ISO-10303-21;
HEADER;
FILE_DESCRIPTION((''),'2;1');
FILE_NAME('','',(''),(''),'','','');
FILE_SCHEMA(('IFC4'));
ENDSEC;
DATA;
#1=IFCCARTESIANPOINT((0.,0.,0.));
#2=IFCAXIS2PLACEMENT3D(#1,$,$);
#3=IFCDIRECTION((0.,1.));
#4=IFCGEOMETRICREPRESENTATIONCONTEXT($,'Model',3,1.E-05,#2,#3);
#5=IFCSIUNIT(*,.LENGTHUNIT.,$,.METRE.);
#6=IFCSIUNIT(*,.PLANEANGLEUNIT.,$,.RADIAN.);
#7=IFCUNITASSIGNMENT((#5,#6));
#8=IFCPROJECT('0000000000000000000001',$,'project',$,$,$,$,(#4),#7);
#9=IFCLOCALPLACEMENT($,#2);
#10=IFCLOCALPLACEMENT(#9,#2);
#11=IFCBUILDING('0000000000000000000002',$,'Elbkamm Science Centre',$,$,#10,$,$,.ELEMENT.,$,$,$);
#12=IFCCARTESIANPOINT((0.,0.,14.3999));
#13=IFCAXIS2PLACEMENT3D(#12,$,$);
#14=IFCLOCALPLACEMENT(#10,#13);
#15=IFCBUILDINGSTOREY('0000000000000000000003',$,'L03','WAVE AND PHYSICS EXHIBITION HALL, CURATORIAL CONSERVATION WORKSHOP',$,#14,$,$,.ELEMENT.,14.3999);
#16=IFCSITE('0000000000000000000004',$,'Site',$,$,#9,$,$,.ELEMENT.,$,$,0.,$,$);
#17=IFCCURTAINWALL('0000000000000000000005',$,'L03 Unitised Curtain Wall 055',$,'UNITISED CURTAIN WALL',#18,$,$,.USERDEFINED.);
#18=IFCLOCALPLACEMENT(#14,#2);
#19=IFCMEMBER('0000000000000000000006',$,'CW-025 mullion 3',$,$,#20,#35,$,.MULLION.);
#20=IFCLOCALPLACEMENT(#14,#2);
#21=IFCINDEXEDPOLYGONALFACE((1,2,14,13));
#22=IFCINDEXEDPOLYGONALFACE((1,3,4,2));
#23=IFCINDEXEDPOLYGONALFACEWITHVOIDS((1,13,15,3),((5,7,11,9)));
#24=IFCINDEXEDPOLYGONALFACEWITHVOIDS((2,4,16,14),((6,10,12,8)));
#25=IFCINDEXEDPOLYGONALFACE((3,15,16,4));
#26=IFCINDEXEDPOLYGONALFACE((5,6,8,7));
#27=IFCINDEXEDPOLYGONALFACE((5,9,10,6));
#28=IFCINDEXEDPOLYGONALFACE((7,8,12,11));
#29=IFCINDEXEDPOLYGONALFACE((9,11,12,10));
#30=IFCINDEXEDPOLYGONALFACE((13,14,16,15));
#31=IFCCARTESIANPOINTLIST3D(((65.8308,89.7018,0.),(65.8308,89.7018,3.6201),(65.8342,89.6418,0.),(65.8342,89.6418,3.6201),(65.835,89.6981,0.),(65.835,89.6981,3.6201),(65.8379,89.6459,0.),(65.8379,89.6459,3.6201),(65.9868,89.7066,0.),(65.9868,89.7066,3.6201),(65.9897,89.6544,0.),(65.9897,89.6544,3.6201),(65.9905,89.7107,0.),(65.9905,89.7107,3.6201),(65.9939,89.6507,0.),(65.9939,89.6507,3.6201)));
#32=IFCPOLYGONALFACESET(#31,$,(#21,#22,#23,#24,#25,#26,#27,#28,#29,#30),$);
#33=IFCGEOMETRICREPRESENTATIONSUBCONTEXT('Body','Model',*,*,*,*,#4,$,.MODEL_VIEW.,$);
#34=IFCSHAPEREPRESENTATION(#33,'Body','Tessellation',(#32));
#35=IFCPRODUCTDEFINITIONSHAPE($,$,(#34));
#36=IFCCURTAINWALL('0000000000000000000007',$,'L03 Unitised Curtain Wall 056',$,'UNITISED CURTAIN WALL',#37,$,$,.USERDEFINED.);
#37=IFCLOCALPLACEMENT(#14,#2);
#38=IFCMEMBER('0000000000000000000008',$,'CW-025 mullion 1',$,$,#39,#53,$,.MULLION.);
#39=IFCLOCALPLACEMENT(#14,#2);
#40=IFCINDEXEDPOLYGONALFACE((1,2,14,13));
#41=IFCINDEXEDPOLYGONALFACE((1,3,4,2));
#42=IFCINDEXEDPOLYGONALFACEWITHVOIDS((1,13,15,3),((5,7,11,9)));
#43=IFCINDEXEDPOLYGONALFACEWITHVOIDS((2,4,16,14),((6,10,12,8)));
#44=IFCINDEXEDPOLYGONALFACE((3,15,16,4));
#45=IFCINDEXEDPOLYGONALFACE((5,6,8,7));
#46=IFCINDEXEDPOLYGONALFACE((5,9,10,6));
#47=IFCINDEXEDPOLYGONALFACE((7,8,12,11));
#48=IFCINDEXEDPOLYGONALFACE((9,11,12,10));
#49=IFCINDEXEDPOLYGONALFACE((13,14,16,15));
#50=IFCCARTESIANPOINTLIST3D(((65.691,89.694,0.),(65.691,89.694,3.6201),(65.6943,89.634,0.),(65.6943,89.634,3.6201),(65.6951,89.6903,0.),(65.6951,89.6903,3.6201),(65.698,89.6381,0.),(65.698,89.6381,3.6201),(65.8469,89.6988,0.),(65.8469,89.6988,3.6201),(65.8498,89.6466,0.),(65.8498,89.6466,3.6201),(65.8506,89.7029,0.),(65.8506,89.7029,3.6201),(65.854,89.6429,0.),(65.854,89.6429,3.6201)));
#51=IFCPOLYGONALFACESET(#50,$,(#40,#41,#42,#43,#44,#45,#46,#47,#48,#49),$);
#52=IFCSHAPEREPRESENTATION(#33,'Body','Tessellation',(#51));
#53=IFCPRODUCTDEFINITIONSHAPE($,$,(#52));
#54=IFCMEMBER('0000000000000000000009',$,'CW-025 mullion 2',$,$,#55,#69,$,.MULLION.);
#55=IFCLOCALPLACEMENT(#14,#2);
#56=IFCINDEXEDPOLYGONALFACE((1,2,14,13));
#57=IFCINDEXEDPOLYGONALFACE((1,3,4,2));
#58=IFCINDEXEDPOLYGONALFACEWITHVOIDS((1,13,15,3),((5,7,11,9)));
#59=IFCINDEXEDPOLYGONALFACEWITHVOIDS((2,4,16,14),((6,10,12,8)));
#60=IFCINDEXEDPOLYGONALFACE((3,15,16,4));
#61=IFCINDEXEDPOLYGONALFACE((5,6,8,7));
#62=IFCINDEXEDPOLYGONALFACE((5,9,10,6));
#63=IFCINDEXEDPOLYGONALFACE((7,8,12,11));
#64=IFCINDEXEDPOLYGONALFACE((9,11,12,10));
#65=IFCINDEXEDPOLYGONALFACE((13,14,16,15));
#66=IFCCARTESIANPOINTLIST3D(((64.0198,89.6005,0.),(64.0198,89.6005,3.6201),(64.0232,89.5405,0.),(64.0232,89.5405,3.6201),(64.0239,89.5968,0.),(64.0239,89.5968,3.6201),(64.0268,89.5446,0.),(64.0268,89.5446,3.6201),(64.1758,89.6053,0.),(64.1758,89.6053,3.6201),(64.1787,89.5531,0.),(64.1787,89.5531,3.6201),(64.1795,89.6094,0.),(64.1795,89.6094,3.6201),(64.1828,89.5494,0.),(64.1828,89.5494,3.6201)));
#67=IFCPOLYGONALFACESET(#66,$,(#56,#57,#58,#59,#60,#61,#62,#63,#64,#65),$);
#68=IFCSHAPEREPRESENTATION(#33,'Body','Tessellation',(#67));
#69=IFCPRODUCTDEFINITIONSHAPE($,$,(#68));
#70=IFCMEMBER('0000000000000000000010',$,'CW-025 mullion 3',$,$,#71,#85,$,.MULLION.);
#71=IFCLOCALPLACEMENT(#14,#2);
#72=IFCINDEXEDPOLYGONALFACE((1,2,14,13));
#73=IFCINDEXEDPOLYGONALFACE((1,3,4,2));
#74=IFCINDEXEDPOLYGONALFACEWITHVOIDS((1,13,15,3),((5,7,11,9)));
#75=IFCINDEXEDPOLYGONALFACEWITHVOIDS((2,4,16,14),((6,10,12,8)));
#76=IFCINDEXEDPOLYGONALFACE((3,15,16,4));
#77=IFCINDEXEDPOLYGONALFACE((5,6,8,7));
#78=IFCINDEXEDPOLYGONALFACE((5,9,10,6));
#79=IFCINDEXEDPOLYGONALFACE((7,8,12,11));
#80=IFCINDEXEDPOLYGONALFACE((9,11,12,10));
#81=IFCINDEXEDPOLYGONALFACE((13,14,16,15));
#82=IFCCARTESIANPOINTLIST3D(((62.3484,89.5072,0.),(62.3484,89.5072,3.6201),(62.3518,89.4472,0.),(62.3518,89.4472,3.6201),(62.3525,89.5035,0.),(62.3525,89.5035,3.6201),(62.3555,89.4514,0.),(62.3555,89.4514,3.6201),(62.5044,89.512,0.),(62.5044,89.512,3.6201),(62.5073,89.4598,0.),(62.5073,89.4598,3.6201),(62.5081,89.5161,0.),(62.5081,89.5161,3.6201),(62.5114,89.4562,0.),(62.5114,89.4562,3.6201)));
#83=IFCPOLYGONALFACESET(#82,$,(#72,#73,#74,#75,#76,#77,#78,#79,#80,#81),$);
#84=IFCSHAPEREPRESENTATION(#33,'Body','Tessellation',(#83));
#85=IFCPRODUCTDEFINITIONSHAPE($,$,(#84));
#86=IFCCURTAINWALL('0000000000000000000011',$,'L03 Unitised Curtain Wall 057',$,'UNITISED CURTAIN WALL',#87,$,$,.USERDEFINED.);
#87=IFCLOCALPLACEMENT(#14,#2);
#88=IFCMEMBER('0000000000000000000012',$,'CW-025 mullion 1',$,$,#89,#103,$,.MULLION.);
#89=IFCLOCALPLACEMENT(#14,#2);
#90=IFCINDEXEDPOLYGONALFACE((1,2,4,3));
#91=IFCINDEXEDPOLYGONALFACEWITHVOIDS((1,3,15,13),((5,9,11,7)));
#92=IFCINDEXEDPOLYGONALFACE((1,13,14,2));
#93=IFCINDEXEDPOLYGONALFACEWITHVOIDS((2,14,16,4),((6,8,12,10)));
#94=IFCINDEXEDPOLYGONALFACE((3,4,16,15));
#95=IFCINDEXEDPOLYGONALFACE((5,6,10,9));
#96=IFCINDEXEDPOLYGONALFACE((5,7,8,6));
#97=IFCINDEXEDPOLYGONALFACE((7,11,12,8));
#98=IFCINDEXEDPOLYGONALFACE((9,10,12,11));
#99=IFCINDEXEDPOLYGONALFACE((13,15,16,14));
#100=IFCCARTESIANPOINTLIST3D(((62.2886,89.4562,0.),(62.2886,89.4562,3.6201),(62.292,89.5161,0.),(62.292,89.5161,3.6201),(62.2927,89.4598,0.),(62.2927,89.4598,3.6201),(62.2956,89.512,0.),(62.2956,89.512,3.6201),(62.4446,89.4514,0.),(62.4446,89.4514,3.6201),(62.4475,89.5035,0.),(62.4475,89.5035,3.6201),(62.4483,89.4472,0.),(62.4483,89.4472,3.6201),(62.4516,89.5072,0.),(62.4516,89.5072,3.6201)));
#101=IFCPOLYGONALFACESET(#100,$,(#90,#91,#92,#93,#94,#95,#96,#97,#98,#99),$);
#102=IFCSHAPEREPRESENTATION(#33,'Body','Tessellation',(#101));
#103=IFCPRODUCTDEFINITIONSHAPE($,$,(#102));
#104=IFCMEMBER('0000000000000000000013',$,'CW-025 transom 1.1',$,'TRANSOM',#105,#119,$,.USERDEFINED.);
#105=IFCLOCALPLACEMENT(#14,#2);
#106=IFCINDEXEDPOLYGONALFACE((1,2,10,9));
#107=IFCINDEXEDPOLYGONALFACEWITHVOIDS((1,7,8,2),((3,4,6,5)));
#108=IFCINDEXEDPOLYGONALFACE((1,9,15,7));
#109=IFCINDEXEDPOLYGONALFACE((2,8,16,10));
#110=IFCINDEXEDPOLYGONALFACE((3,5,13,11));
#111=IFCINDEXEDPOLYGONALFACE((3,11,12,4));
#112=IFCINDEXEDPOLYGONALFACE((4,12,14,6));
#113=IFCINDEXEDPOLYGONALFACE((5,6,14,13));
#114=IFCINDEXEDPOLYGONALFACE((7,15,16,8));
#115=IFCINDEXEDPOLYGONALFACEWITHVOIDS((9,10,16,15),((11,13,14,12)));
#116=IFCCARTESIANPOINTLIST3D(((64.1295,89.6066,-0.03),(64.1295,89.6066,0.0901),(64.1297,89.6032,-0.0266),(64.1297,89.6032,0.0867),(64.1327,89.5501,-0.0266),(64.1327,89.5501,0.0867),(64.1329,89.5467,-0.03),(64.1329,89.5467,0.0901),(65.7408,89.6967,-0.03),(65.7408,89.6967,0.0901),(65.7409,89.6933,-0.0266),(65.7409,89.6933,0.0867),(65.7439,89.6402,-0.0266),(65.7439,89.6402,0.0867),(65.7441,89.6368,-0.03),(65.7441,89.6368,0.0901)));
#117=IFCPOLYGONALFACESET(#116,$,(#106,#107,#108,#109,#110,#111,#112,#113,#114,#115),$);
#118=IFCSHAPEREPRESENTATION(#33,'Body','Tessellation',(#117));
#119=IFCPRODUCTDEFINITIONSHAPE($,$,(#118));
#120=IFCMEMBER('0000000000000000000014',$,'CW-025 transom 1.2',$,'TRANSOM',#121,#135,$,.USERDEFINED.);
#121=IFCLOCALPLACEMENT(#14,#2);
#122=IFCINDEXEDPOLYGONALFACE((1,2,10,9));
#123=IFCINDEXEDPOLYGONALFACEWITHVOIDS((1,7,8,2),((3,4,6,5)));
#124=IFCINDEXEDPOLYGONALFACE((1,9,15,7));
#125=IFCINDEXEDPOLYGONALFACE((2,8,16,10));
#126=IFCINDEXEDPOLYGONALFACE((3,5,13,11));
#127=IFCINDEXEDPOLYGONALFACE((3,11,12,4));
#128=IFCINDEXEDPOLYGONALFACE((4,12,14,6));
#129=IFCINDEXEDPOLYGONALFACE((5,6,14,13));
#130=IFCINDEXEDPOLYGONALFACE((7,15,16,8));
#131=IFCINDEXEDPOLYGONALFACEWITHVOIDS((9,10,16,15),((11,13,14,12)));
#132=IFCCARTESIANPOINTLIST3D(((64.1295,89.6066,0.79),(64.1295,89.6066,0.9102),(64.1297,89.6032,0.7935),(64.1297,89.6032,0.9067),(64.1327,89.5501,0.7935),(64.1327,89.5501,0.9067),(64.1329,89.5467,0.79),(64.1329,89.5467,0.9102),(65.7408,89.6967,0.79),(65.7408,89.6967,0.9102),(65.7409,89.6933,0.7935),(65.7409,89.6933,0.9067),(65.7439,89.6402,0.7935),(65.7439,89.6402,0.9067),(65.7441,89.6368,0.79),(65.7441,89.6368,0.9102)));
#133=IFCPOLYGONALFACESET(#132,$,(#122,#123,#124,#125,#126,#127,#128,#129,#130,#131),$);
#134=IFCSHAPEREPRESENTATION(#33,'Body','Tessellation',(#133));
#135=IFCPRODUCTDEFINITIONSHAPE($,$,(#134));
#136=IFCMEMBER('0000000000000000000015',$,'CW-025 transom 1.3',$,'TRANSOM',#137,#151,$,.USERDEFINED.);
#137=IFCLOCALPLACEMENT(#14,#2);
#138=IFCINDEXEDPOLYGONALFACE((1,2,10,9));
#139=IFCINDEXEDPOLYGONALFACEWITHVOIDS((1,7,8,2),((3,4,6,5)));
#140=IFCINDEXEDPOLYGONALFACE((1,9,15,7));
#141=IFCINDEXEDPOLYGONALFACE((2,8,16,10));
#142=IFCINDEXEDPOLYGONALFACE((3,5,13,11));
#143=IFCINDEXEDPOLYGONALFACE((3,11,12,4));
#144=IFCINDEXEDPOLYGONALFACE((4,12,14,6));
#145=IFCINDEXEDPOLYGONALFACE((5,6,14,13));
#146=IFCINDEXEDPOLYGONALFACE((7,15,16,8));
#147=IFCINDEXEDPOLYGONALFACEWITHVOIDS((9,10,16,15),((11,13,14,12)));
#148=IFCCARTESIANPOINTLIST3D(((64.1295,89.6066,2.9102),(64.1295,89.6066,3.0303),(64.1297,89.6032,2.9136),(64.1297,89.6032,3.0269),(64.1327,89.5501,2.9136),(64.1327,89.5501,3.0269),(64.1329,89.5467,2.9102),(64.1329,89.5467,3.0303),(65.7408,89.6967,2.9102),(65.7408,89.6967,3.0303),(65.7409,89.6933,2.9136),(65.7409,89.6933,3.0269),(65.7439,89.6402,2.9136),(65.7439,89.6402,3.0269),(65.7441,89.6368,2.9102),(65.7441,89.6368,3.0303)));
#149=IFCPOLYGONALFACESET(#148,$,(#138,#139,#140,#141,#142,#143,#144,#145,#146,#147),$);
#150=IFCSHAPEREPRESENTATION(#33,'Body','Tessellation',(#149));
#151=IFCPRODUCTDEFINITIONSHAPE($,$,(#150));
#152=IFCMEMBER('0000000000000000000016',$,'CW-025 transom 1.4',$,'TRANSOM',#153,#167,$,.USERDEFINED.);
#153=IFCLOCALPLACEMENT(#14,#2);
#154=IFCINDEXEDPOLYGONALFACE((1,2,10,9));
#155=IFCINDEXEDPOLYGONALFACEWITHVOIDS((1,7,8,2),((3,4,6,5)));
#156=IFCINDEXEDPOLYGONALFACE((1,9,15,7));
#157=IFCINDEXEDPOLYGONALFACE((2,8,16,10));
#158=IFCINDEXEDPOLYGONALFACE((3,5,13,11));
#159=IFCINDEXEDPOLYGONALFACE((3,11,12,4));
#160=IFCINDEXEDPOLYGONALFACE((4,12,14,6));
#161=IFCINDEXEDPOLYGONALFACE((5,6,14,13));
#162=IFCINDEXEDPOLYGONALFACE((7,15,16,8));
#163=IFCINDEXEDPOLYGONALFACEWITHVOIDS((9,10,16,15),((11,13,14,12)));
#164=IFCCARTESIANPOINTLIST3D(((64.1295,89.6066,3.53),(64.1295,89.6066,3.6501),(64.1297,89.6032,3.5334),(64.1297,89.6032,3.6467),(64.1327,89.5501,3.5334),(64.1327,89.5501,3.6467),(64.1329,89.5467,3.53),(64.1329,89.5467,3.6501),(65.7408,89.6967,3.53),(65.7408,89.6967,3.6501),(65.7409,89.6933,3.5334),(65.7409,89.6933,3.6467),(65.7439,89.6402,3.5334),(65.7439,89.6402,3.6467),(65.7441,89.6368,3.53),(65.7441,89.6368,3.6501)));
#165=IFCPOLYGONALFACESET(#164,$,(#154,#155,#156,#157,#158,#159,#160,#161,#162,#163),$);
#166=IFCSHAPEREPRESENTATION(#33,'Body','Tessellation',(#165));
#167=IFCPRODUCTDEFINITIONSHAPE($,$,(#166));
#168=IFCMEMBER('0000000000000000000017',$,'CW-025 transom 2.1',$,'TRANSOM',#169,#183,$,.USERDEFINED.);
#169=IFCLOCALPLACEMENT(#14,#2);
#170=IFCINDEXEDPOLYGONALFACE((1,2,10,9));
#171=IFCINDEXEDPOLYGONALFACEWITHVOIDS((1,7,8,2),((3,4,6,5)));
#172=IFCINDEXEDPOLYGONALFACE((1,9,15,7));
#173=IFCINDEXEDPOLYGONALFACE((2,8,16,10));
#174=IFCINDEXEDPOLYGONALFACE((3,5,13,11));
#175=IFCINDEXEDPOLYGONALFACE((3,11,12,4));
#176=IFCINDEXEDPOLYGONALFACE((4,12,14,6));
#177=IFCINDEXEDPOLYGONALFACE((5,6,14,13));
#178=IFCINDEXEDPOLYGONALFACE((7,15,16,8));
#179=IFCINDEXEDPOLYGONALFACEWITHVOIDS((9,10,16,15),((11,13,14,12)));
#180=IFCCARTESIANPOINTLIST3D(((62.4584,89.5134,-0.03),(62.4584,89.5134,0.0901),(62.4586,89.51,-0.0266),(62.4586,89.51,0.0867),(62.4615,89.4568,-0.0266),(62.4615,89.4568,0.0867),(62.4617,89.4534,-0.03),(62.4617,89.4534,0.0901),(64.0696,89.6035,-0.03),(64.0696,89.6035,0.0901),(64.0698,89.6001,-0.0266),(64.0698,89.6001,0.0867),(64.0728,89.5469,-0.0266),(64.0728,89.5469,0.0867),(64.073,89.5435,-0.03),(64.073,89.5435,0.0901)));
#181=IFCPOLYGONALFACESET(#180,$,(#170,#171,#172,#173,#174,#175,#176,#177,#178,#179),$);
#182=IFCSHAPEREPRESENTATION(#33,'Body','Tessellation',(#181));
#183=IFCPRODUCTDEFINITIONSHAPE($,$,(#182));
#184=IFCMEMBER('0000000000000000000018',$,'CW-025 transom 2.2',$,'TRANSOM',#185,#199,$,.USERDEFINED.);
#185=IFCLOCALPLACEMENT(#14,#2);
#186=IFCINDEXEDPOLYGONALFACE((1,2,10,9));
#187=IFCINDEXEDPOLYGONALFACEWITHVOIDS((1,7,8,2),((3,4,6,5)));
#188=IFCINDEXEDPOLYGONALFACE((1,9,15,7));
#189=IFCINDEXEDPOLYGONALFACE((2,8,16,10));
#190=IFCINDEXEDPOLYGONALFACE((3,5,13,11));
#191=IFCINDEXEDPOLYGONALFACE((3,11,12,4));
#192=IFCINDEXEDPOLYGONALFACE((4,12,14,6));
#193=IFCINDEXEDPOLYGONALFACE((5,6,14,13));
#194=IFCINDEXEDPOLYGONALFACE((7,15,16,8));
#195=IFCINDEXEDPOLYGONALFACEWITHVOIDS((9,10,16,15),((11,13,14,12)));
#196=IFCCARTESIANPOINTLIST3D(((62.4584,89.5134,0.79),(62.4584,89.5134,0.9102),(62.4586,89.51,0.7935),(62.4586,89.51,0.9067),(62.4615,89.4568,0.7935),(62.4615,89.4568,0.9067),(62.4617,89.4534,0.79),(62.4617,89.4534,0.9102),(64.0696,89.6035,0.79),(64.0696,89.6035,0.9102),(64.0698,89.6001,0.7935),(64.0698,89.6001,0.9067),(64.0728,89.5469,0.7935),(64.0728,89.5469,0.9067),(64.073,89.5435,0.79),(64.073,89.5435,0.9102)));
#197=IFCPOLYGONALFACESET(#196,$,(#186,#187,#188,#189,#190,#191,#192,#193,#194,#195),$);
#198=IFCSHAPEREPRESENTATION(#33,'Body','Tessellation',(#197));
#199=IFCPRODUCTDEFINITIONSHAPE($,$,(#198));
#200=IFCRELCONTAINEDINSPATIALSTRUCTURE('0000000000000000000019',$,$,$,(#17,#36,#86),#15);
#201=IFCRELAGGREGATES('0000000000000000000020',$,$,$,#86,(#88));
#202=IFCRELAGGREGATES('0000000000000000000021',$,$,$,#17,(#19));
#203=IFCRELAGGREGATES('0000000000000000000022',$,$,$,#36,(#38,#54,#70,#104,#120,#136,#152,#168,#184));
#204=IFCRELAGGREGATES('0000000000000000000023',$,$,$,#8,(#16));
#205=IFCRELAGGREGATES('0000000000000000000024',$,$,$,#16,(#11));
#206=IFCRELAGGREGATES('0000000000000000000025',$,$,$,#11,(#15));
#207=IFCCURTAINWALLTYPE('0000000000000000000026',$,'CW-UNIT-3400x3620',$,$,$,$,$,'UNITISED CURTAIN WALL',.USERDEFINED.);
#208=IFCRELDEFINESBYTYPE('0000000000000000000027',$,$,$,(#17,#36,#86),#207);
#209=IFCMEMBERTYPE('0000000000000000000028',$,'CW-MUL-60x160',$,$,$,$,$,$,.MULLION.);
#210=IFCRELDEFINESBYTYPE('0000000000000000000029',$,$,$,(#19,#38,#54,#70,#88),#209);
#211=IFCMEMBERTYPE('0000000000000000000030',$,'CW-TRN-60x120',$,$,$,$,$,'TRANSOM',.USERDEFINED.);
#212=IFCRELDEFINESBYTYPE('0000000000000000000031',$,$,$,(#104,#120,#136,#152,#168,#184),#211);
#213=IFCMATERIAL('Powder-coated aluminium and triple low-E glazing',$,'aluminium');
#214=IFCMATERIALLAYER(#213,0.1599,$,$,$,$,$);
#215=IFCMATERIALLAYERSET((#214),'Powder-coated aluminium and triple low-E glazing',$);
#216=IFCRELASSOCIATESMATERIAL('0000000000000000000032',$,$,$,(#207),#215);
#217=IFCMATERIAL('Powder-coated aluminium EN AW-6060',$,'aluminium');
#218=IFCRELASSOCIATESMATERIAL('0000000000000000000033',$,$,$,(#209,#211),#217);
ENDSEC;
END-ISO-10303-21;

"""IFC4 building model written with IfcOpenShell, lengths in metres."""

from ifc_helpers import new_model, si_unit, direction, frame, origin, origin_2d, place, context, subcontext, project, spatial, hollow_rectangle, extrude, material, layer, layer_set, material_profile, profile_set, type_object, element, aggregate, save


model = new_model("IFC4")

# Units and contexts
model_context = context("Model", 3, precision=1e-05, world=origin(), true_north=direction((0.0, 1.0)))
body_context = subcontext(model_context, "Body", "Model", "MODEL_VIEW")
ifc_project = project(units=[si_unit("LENGTHUNIT", "METRE"), si_unit("PLANEANGLEUNIT", "RADIAN")], contexts=[model_context])

# Site, building, storey
site_placement = place(None, origin())
site = spatial("IfcSite", under=ifc_project, at=site_placement, Name="Site", CompositionType="ELEMENT", RefElevation=0.0)
building_placement = place(site_placement, origin())
building = spatial("IfcBuilding", under=site, at=building_placement, Name="Elbkamm Science Centre", CompositionType="ELEMENT")
storey_placement = place(building_placement, frame((0.0, 0.0, 14.3999)))
storey = spatial("IfcBuildingStorey", under=building, at=storey_placement, Name="L03", Description="WAVE AND PHYSICS EXHIBITION HALL, CURATORIAL CONSERVATION WORKSHOP", CompositionType="ELEMENT", Elevation=14.3999)

# Curtain wall, member
ifc_material_1 = material(Name="Powder-coated aluminium and triple low-E glazing", Category="aluminium")
ifc_layer_1 = layer(ifc_material_1, 0.1599)
ifc_layer_set_1 = layer_set([ifc_layer_1], Name="Powder-coated aluminium and triple low-E glazing")
curtain_wall_type = type_object("IfcCurtainWallType", Name="CW-UNIT-3400x3620", ElementType="UNITISED CURTAIN WALL", PredefinedType="USERDEFINED", material=ifc_layer_set_1)
curtain_wall_1_placement = place(storey_placement, origin())
curtain_wall_1 = element("IfcCurtainWall", 1, at=curtain_wall_1_placement, inside=storey, type_object=curtain_wall_type, Name="L03 Unitised Curtain Wall 055", ObjectType="UNITISED CURTAIN WALL", PredefinedType="USERDEFINED")
ifc_material_2 = material(Name="Powder-coated aluminium EN AW-6060", Category="aluminium")
ifc_material_profile_1 = material_profile(ifc_material_2, hollow_rectangle(XDim=0.0601, YDim=0.1599, WallThickness=0.0039, at=origin_2d()), Name="ALU M60x160")
ifc_profile_set_1 = profile_set([ifc_material_profile_1], Name="Powder-coated aluminium EN AW-6060")
member_type_1 = type_object("IfcMemberType", Name="CW-MUL-60x160", PredefinedType="MULLION", material=ifc_profile_set_1)
member_1_placement = place(storey_placement, frame((65.9124, 89.6763, 0.0), z_axis=(0.0, 0.0, 1.0), x_axis=(0.055785, -0.998443, 0.0)))
member_1 = element("IfcMember", 2, at=member_1_placement, type_object=member_type_1, Name="CW-025 mullion 3", PredefinedType="MULLION", context=body_context, shape_type="SweptSolid", body=[
    extrude(hollow_rectangle(XDim=0.0601, YDim=0.1599, WallThickness=0.0039, at=origin_2d()), origin(), (0.0, 0.0, 1.0), 3.6201),
])

# Curtain wall, members
curtain_wall_2_placement = place(storey_placement, origin())
curtain_wall_2 = element("IfcCurtainWall", 3, at=curtain_wall_2_placement, inside=storey, type_object=curtain_wall_type, Name="L03 Unitised Curtain Wall 056", ObjectType="UNITISED CURTAIN WALL", PredefinedType="USERDEFINED")
member_2_placement = place(storey_placement, frame((65.7725, 89.6685, 0.0), z_axis=(0.0, 0.0, 1.0), x_axis=(0.055785, -0.998443, 0.0)))
member_2 = element("IfcMember", 4, at=member_2_placement, type_object=member_type_1, Name="CW-025 mullion 1", PredefinedType="MULLION", context=body_context, shape_type="SweptSolid", body=[
    extrude(hollow_rectangle(XDim=0.0601, YDim=0.1599, WallThickness=0.0039, at=origin_2d()), origin(), (0.0, 0.0, 1.0), 3.6201),
])
member_3_placement = place(storey_placement, frame((64.1013, 89.575, 0.0), z_axis=(0.0, 0.0, 1.0), x_axis=(0.055785, -0.998443, 0.0)))
member_3 = element("IfcMember", 5, at=member_3_placement, type_object=member_type_1, Name="CW-025 mullion 2", PredefinedType="MULLION", context=body_context, shape_type="SweptSolid", body=[
    extrude(hollow_rectangle(XDim=0.0601, YDim=0.1599, WallThickness=0.0039, at=origin_2d()), origin(), (0.0, 0.0, 1.0), 3.6201),
])
member_4_placement = place(storey_placement, frame((62.4299, 89.4817, 0.0), z_axis=(0.0, 0.0, 1.0), x_axis=(0.055785, -0.998443, 0.0)))
member_4 = element("IfcMember", 6, at=member_4_placement, type_object=member_type_1, Name="CW-025 mullion 3", PredefinedType="MULLION", context=body_context, shape_type="SweptSolid", body=[
    extrude(hollow_rectangle(XDim=0.0601, YDim=0.1599, WallThickness=0.0039, at=origin_2d()), origin(), (0.0, 0.0, 1.0), 3.6201),
])

# Curtain wall, member
curtain_wall_3_placement = place(storey_placement, origin())
curtain_wall_3 = element("IfcCurtainWall", 7, at=curtain_wall_3_placement, inside=storey, type_object=curtain_wall_type, Name="L03 Unitised Curtain Wall 057", ObjectType="UNITISED CURTAIN WALL", PredefinedType="USERDEFINED")
member_5_placement = place(storey_placement, frame((62.3701, 89.4817, 0.0), z_axis=(0.0, 0.0, 1.0), x_axis=(-0.055785, -0.998443, 0.0)))
member_5 = element("IfcMember", 8, at=member_5_placement, type_object=member_type_1, Name="CW-025 mullion 1", PredefinedType="MULLION", context=body_context, shape_type="SweptSolid", body=[
    extrude(hollow_rectangle(XDim=0.0601, YDim=0.1599, WallThickness=0.0039, at=origin_2d()), origin(), (0.0, 0.0, 1.0), 3.6201),
])

# Members
ifc_material_profile_2 = material_profile(ifc_material_2, hollow_rectangle(XDim=0.0601, YDim=0.1201, WallThickness=0.0034, at=origin_2d()), Name="ALU T60x120")
ifc_profile_set_2 = profile_set([ifc_material_profile_2], Name="Powder-coated aluminium EN AW-6060")
member_type_2 = type_object("IfcMemberType", Name="CW-TRN-60x120", ElementType="TRANSOM", PredefinedType="USERDEFINED", material=ifc_profile_set_2)
member_6_placement = place(storey_placement, frame((65.7424, 89.6667, 0.03), z_axis=(-0.998441, -0.055822, 0.0), x_axis=(0.055822, -0.998441, 0.0)))
member_6 = element("IfcMember", 9, at=member_6_placement, type_object=member_type_2, Name="CW-025 transom 1.1", ObjectType="TRANSOM", PredefinedType="USERDEFINED", context=body_context, shape_type="SweptSolid", body=[
    extrude(hollow_rectangle(XDim=0.0601, YDim=0.1201, WallThickness=0.0034, at=origin_2d()), origin(), (0.0, 0.0, 1.0), 1.6138),
])
member_7_placement = place(storey_placement, frame((65.7424, 89.6667, 0.8501), z_axis=(-0.998441, -0.055822, 0.0), x_axis=(0.055822, -0.998441, 0.0)))
member_7 = element("IfcMember", 10, at=member_7_placement, type_object=member_type_2, Name="CW-025 transom 1.2", ObjectType="TRANSOM", PredefinedType="USERDEFINED", context=body_context, shape_type="SweptSolid", body=[
    extrude(hollow_rectangle(XDim=0.0601, YDim=0.1201, WallThickness=0.0034, at=origin_2d()), origin(), (0.0, 0.0, 1.0), 1.6138),
])
member_8_placement = place(storey_placement, frame((65.7424, 89.6667, 2.9702), z_axis=(-0.998441, -0.055822, 0.0), x_axis=(0.055822, -0.998441, 0.0)))
member_8 = element("IfcMember", 11, at=member_8_placement, type_object=member_type_2, Name="CW-025 transom 1.3", ObjectType="TRANSOM", PredefinedType="USERDEFINED", context=body_context, shape_type="SweptSolid", body=[
    extrude(hollow_rectangle(XDim=0.0601, YDim=0.1201, WallThickness=0.0034, at=origin_2d()), origin(), (0.0, 0.0, 1.0), 1.6138),
])
member_9_placement = place(storey_placement, frame((65.7424, 89.6667, 3.5901), z_axis=(-0.998441, -0.055822, 0.0), x_axis=(0.055822, -0.998441, 0.0)))
member_9 = element("IfcMember", 12, at=member_9_placement, type_object=member_type_2, Name="CW-025 transom 1.4", ObjectType="TRANSOM", PredefinedType="USERDEFINED", context=body_context, shape_type="SweptSolid", body=[
    extrude(hollow_rectangle(XDim=0.0601, YDim=0.1201, WallThickness=0.0034, at=origin_2d()), origin(), (0.0, 0.0, 1.0), 1.6138),
])
member_10_placement = place(storey_placement, frame((64.0713, 89.5735, 0.03), z_axis=(-0.998441, -0.055822, 0.0), x_axis=(0.055822, -0.998441, 0.0)))
member_10 = element("IfcMember", 13, at=member_10_placement, type_object=member_type_2, Name="CW-025 transom 2.1", ObjectType="TRANSOM", PredefinedType="USERDEFINED", context=body_context, shape_type="SweptSolid", body=[
    extrude(hollow_rectangle(XDim=0.0601, YDim=0.1201, WallThickness=0.0034, at=origin_2d()), origin(), (0.0, 0.0, 1.0), 1.6138),
])
member_11_placement = place(storey_placement, frame((64.0713, 89.5735, 0.8501), z_axis=(-0.998441, -0.055822, 0.0), x_axis=(0.055822, -0.998441, 0.0)))
member_11 = element("IfcMember", 14, at=member_11_placement, type_object=member_type_2, Name="CW-025 transom 2.2", ObjectType="TRANSOM", PredefinedType="USERDEFINED", context=body_context, shape_type="SweptSolid", body=[
    extrude(hollow_rectangle(XDim=0.0601, YDim=0.1201, WallThickness=0.0034, at=origin_2d()), origin(), (0.0, 0.0, 1.0), 1.6138),
])
aggregate(curtain_wall_3, [member_5])

aggregate(curtain_wall_1, [member_1])
aggregate(curtain_wall_2, [member_2, member_3, member_4, member_6, member_7, member_8, member_9, member_10, member_11])

save(model, "model.ifc")
